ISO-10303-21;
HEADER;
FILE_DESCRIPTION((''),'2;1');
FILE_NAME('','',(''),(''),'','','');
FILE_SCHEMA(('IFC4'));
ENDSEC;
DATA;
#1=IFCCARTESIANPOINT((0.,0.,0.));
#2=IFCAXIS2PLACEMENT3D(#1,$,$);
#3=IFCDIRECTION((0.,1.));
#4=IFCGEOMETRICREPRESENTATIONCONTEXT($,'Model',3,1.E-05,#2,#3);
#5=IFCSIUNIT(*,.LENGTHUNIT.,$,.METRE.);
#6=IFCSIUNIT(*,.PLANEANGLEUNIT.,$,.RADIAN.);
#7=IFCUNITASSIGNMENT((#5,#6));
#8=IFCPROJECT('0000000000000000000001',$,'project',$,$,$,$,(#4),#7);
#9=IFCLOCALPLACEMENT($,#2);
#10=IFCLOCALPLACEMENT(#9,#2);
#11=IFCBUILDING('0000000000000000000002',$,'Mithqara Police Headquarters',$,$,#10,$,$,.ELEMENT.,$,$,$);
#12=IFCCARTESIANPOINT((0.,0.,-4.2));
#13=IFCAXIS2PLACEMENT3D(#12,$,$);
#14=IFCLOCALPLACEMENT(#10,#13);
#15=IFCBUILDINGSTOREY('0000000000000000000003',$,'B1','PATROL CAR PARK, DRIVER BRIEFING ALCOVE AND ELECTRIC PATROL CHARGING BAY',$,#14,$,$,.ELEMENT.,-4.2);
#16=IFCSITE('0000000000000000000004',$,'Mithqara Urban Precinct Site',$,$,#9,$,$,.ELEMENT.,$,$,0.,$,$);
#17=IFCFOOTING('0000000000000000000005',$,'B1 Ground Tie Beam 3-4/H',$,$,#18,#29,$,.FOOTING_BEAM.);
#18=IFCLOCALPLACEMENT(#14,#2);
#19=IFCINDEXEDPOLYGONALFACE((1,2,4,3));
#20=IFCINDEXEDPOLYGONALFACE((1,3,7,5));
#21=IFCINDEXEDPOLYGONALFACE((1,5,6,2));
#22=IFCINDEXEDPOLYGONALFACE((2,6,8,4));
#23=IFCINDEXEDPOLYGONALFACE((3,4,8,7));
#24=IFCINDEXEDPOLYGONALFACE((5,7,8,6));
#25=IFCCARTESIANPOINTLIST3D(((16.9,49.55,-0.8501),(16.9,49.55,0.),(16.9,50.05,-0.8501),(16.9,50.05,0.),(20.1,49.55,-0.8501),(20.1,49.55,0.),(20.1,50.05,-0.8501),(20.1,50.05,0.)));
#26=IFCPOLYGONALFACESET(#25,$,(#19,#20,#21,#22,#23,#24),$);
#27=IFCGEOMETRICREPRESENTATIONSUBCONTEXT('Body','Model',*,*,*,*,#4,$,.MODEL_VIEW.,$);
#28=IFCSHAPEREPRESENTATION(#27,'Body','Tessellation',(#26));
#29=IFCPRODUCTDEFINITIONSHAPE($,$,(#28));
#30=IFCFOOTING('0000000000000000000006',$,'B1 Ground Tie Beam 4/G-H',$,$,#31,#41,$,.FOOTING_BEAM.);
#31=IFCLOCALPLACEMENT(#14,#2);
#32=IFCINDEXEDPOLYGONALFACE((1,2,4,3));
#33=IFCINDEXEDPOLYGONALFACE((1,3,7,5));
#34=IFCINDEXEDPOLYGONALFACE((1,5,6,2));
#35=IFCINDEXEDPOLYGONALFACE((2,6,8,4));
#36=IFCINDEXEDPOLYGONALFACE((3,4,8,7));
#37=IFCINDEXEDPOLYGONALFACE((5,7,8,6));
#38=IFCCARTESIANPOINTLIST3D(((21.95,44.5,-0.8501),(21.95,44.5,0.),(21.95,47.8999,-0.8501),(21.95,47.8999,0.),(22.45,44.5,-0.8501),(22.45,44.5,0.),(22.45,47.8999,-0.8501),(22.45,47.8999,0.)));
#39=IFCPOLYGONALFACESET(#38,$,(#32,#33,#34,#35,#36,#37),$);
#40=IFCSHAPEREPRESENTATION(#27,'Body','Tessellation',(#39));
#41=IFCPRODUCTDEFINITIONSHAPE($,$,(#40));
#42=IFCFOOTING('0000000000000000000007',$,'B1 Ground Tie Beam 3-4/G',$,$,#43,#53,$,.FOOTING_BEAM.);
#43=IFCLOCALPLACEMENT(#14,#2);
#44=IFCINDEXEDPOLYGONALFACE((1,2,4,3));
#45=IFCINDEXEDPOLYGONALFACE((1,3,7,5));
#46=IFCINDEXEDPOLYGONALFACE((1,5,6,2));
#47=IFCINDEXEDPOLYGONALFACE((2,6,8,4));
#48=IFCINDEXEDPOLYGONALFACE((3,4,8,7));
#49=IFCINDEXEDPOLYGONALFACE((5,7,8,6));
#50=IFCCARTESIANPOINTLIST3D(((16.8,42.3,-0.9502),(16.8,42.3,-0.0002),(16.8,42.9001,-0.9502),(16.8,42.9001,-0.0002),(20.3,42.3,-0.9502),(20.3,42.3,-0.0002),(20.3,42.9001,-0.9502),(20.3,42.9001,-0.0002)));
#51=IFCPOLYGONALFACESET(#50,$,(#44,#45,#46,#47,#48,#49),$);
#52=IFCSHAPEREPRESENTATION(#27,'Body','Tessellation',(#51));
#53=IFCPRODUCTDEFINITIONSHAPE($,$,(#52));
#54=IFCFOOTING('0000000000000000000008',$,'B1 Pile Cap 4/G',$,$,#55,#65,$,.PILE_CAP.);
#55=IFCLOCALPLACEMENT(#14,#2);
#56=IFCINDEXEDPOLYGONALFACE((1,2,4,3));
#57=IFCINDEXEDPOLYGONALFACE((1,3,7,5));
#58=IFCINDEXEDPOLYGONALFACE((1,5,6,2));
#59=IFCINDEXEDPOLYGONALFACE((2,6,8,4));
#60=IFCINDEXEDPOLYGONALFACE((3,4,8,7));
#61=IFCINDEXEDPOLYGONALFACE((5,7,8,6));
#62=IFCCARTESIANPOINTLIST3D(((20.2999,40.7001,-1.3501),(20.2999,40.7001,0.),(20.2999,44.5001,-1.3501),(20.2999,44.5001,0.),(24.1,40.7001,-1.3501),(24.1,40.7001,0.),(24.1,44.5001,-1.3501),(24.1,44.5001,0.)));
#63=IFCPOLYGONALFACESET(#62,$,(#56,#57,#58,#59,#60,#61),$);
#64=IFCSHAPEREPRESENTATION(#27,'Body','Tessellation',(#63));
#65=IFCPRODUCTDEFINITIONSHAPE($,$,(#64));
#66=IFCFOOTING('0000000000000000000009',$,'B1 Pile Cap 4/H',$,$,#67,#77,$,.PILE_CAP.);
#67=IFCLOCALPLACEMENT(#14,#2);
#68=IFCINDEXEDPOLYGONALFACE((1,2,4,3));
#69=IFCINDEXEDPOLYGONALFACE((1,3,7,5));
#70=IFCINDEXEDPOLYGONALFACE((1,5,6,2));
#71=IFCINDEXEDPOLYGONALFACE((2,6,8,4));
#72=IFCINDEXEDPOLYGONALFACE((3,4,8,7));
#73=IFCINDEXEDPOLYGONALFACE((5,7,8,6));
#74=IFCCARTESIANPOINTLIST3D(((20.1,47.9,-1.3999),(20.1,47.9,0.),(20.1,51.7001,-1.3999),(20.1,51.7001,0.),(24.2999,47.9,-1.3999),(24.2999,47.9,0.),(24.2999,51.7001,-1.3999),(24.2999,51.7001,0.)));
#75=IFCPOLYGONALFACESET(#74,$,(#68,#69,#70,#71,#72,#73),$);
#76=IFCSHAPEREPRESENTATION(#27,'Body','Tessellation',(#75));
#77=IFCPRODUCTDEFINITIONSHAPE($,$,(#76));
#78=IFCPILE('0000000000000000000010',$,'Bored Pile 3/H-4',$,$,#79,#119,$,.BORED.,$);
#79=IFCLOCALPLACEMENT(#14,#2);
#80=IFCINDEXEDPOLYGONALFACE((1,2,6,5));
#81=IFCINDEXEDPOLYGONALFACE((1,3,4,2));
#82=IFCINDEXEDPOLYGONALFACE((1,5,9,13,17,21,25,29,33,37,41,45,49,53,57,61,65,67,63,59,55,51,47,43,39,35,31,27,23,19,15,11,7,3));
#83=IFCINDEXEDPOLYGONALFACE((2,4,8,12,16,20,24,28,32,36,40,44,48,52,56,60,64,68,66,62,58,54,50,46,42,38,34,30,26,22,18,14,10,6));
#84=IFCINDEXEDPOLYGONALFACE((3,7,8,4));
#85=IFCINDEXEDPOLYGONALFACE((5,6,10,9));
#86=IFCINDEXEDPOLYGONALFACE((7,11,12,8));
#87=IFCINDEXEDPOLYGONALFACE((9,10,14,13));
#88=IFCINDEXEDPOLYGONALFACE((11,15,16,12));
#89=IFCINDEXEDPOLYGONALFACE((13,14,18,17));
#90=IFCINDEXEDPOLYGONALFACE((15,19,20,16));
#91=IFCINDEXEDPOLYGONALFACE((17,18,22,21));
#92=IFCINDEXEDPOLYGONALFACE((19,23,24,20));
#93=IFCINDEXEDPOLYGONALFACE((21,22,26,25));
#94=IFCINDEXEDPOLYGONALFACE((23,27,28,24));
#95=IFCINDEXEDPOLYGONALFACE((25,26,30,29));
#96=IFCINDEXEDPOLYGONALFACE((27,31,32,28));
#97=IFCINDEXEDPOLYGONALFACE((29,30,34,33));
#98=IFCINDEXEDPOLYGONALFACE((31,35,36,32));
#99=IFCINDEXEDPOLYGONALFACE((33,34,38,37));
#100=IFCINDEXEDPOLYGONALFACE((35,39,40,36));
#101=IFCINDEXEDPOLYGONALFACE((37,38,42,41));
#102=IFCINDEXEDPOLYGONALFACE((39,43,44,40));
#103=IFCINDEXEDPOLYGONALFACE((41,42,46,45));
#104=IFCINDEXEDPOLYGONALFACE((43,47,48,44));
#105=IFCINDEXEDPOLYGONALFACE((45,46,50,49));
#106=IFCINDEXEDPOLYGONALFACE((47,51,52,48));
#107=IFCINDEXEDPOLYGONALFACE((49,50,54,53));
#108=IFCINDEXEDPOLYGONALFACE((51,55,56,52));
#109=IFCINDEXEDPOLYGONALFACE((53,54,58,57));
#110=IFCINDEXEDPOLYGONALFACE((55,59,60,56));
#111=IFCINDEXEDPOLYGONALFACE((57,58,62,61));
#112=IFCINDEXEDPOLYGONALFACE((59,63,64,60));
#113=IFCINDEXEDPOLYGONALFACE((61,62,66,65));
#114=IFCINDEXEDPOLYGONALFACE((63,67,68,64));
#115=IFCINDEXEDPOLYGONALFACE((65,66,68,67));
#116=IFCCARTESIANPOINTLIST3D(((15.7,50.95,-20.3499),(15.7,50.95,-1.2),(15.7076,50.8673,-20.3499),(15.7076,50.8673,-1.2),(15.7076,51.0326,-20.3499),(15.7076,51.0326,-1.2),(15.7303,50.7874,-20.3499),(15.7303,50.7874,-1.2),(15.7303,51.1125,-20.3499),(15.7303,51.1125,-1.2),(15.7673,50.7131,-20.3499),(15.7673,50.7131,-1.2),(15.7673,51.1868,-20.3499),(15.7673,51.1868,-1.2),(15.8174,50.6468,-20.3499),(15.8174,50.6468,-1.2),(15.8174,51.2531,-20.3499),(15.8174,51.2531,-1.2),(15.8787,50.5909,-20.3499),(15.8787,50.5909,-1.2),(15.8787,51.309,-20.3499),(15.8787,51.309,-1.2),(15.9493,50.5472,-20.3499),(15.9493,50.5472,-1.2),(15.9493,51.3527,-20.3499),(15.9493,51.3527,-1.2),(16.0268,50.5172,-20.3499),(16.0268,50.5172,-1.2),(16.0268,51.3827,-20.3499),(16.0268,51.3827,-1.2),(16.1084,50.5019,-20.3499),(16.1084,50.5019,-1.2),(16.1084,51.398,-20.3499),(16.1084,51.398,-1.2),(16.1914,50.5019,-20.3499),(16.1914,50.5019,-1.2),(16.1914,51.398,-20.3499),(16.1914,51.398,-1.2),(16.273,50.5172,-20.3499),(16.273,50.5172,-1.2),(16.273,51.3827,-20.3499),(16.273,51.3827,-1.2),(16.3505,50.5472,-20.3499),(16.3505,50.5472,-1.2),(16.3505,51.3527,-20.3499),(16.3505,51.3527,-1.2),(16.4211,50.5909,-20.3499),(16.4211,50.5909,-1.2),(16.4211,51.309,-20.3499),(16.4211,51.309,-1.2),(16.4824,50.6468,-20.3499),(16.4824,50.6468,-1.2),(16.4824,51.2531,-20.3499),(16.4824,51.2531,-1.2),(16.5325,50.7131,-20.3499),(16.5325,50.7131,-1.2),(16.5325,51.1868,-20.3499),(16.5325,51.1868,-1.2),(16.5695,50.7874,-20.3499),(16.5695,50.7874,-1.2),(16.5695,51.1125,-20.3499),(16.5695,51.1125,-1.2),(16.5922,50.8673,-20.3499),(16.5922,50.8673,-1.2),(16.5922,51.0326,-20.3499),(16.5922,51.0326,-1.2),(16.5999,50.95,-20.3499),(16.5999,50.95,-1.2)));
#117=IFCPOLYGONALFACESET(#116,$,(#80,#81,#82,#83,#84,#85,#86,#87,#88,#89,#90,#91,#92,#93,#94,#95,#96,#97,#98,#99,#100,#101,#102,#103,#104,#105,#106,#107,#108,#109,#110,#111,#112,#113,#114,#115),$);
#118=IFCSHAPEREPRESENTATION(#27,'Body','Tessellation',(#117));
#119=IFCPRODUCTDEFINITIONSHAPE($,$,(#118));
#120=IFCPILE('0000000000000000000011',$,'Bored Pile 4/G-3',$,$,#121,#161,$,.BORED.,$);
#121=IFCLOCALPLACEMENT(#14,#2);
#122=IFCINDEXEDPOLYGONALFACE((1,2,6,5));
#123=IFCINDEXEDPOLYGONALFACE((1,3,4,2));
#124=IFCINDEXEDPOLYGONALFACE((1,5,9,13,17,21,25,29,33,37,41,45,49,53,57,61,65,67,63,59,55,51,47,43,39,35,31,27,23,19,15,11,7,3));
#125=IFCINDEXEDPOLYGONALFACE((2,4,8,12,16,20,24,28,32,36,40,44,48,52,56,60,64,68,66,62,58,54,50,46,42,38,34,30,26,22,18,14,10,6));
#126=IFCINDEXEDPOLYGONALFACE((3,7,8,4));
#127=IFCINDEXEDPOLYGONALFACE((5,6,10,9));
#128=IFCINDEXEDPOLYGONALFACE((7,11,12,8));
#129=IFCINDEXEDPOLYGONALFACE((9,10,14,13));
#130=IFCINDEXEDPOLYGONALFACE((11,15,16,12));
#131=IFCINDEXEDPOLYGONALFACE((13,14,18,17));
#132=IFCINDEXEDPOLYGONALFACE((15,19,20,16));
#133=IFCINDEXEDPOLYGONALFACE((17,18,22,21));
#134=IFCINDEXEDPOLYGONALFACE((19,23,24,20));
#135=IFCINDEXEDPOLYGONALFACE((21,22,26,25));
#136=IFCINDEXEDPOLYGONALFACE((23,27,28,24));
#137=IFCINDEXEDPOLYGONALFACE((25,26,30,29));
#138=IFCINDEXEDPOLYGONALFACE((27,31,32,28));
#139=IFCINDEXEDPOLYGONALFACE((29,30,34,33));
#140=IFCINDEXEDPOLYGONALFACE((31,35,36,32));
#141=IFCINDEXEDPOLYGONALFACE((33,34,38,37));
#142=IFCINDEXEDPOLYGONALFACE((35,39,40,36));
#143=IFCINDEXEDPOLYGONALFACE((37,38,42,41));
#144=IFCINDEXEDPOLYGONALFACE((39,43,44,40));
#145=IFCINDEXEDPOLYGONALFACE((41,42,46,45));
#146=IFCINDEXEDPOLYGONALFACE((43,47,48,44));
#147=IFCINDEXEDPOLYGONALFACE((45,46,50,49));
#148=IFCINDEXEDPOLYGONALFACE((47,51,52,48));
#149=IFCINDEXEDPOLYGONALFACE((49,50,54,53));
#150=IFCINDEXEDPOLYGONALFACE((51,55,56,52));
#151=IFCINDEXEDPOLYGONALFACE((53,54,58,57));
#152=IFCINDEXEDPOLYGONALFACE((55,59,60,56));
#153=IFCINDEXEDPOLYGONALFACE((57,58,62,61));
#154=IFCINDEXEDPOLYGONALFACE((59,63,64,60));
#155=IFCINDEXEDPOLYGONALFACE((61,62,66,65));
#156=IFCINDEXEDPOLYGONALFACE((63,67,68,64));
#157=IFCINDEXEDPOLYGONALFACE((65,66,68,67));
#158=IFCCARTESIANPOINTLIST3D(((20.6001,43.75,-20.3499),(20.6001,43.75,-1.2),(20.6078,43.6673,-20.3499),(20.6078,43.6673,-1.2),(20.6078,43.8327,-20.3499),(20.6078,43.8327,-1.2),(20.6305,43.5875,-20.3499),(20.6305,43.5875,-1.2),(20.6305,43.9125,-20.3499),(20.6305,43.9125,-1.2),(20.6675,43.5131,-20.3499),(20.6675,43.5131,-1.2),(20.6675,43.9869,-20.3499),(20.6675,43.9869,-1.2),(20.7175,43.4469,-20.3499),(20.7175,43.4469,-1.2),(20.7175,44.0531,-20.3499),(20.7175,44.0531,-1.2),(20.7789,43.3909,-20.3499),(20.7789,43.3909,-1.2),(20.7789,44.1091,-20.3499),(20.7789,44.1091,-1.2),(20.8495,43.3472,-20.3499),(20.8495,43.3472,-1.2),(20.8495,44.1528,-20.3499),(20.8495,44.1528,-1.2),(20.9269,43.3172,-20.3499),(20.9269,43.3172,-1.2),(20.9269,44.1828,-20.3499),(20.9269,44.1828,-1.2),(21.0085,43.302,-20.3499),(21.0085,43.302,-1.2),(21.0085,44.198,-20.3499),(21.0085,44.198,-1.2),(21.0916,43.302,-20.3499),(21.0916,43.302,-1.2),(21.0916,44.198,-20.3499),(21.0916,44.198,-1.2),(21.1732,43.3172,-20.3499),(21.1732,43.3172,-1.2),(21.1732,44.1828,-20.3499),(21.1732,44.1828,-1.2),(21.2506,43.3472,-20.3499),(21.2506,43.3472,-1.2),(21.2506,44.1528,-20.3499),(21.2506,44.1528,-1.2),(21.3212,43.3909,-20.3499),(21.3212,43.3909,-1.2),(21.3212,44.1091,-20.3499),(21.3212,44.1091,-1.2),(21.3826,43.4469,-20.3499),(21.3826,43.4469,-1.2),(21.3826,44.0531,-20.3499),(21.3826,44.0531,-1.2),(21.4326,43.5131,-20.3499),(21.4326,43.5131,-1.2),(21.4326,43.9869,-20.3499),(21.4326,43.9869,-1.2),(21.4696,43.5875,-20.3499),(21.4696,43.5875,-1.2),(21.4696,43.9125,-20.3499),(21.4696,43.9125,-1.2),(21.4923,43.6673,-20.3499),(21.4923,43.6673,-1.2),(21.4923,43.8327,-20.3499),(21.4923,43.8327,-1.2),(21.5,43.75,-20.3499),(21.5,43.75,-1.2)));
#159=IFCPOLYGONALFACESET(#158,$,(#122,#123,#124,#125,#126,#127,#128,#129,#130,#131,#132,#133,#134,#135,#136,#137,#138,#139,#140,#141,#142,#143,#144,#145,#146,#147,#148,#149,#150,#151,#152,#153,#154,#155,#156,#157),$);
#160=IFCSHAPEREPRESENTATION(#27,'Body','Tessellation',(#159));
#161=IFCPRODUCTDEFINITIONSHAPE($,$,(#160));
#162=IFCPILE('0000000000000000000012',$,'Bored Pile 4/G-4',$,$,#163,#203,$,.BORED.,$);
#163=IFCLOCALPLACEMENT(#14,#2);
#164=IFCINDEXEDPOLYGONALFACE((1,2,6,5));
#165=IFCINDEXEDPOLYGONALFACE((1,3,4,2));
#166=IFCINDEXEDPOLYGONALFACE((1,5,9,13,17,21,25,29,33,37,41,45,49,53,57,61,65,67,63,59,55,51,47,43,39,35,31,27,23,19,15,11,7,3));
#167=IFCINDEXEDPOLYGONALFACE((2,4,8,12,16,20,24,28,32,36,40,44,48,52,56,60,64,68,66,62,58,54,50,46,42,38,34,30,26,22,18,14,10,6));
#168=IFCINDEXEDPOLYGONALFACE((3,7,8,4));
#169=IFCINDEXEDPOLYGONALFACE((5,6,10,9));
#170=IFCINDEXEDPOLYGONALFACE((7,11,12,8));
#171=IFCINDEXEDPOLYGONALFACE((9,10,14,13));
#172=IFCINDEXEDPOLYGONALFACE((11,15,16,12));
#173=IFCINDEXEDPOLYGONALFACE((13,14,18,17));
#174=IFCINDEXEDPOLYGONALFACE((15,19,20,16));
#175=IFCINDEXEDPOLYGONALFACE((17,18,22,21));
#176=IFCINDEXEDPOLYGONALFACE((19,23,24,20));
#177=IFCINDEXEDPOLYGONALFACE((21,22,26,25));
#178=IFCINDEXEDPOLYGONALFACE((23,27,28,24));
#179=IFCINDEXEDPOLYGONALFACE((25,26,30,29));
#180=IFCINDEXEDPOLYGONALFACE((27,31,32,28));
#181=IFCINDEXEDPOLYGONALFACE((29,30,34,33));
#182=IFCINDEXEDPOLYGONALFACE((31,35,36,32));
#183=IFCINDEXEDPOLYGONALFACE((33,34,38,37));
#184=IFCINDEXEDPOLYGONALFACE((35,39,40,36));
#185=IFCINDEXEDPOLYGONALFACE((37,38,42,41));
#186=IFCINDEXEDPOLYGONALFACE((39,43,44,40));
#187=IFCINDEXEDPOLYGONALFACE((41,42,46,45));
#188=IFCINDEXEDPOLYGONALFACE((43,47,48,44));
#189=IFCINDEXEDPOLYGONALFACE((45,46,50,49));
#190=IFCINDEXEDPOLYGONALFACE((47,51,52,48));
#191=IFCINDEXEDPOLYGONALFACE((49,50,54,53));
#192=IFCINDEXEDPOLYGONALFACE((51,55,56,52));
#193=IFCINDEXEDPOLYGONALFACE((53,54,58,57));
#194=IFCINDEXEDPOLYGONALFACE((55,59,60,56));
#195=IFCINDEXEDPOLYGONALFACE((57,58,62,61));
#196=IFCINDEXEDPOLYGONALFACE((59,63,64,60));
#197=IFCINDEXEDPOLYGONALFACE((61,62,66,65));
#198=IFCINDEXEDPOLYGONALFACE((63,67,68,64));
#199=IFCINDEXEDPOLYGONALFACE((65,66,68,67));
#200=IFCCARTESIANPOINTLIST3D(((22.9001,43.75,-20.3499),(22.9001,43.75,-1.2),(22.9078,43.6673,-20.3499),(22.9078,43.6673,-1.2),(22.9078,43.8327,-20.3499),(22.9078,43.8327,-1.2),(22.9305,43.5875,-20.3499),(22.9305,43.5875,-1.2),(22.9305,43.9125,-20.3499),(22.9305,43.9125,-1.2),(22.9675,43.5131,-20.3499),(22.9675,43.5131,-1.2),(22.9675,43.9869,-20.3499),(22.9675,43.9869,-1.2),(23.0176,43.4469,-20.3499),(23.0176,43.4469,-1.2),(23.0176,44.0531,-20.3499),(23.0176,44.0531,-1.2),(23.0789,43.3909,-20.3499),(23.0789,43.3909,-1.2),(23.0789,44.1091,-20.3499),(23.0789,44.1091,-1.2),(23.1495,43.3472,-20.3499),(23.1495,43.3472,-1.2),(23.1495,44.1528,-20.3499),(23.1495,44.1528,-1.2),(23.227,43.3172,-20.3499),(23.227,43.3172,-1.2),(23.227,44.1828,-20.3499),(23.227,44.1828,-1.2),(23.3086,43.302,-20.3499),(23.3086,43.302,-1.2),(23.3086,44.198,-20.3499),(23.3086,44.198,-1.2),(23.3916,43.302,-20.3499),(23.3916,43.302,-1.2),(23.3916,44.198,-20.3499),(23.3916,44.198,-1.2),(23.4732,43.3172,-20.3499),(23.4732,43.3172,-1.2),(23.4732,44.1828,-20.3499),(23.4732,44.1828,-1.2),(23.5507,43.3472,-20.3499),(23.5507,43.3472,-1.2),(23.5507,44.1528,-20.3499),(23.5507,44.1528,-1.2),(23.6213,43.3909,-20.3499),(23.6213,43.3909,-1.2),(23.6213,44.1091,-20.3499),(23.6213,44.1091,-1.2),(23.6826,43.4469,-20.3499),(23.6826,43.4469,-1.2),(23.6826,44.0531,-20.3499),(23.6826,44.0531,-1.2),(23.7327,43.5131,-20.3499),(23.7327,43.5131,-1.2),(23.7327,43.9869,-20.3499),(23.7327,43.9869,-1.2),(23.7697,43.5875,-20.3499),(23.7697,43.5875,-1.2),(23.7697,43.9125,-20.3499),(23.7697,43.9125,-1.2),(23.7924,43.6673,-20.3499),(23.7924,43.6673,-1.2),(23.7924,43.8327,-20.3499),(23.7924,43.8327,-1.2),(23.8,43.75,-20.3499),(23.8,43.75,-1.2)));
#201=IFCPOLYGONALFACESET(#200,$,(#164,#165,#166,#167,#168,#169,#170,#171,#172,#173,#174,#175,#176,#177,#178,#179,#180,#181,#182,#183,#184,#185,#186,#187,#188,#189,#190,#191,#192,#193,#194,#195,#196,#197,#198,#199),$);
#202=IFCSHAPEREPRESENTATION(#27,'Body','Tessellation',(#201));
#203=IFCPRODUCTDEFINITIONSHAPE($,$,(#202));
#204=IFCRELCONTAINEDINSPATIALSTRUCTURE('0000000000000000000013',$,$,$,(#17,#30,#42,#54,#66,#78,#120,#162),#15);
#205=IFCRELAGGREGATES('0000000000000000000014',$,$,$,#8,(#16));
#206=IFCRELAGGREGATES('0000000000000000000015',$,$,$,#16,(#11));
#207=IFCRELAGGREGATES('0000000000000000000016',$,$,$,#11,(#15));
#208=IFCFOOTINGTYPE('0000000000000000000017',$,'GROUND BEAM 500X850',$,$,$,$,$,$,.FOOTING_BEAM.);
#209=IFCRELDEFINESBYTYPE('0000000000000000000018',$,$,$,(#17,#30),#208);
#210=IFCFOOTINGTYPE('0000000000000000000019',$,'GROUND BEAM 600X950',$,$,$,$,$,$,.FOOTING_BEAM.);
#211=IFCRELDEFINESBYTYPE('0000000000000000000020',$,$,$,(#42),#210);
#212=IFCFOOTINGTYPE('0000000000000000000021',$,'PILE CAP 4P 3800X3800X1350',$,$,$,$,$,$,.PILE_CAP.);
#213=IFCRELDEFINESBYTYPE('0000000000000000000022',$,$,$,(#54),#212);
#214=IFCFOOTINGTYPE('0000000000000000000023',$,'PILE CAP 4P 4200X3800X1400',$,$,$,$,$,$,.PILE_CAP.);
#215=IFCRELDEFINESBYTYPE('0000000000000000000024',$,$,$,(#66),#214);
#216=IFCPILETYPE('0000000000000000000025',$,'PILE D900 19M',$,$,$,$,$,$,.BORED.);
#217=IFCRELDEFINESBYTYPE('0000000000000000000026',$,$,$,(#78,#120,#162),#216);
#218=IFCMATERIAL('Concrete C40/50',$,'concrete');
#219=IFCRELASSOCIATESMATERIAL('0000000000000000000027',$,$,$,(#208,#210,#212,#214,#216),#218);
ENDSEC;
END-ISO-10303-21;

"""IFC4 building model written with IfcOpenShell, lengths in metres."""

from ifc_helpers import new_model, si_unit, direction, frame, origin, origin_2d, place, context, subcontext, project, spatial, rectangle, circle, extrude, material, material_profile, profile_set, type_object, element, save


model = new_model("IFC4")

# Units and contexts
model_context = context("Model", 3, precision=1e-05, world=origin(), true_north=direction((0.0, 1.0)))
body_context = subcontext(model_context, "Body", "Model", "MODEL_VIEW")
ifc_project = project(units=[si_unit("LENGTHUNIT", "METRE"), si_unit("PLANEANGLEUNIT", "RADIAN")], contexts=[model_context])

# Site, building, storey
site_placement = place(None, origin())
site = spatial("IfcSite", under=ifc_project, at=site_placement, Name="Mithqara Urban Precinct Site", CompositionType="ELEMENT", RefElevation=0.0)
building_placement = place(site_placement, origin())
building = spatial("IfcBuilding", under=site, at=building_placement, Name="Mithqara Police Headquarters", CompositionType="ELEMENT")
storey_placement = place(building_placement, frame((0.0, 0.0, -4.2)))
storey = spatial("IfcBuildingStorey", under=building, at=storey_placement, Name="B1", Description="PATROL CAR PARK, DRIVER BRIEFING ALCOVE AND ELECTRIC PATROL CHARGING BAY", CompositionType="ELEMENT", Elevation=-4.2)

# Footings
ifc_material_1 = material(Name="Concrete C40/50", Category="concrete")
footing_type_1 = type_object("IfcFootingType", Name="GROUND BEAM 500X850", PredefinedType="FOOTING_BEAM", material=ifc_material_1)
footing_1_placement = place(storey_placement, frame((18.5, 49.8, -0.8501), z_axis=(0.0, 0.0, 1.0), x_axis=(1.0, 0.0, 0.0)))
element("IfcFooting", 1, at=footing_1_placement, inside=storey, type_object=footing_type_1, Name="B1 Ground Tie Beam 3-4/H", PredefinedType="FOOTING_BEAM", context=body_context, shape_type="SweptSolid", body=[
    extrude(rectangle(XDim=3.2, YDim=0.5, at=origin_2d()), origin(), (0.0, 0.0, 1.0), 0.8501),
])
footing_2_placement = place(storey_placement, frame((22.2, 46.2, -0.8501), z_axis=(0.0, 0.0, 1.0), x_axis=(1.0, 0.0, 0.0)))
element("IfcFooting", 2, at=footing_2_placement, inside=storey, type_object=footing_type_1, Name="B1 Ground Tie Beam 4/G-H", PredefinedType="FOOTING_BEAM", context=body_context, shape_type="SweptSolid", body=[
    extrude(rectangle(XDim=0.5, YDim=3.3999, at=origin_2d()), origin(), (0.0, 0.0, 1.0), 0.8501),
])
footing_type_2 = type_object("IfcFootingType", Name="GROUND BEAM 600X950", PredefinedType="FOOTING_BEAM", material=ifc_material_1)
footing_3_placement = place(storey_placement, frame((18.55, 42.6001, -0.9502), z_axis=(0.0, 0.0, 1.0), x_axis=(1.0, 0.0, 0.0)))
element("IfcFooting", 3, at=footing_3_placement, inside=storey, type_object=footing_type_2, Name="B1 Ground Tie Beam 3-4/G", PredefinedType="FOOTING_BEAM", context=body_context, shape_type="SweptSolid", body=[
    extrude(rectangle(XDim=3.5, YDim=0.6001, at=origin_2d()), origin(), (0.0, 0.0, 1.0), 0.95),
])
footing_type_3 = type_object("IfcFootingType", Name="PILE CAP 4P 3800X3800X1350", PredefinedType="PILE_CAP", material=ifc_material_1)
footing_4_placement = place(storey_placement, frame((22.2, 42.6001, -1.3501), z_axis=(0.0, 0.0, 1.0), x_axis=(1.0, 0.0, 0.0)))
element("IfcFooting", 4, at=footing_4_placement, inside=storey, type_object=footing_type_3, Name="B1 Pile Cap 4/G", PredefinedType="PILE_CAP", context=body_context, shape_type="SweptSolid", body=[
    extrude(rectangle(XDim=3.8, YDim=3.8, at=origin_2d()), origin(), (0.0, 0.0, 1.0), 1.3501),
])
footing_type_4 = type_object("IfcFootingType", Name="PILE CAP 4P 4200X3800X1400", PredefinedType="PILE_CAP", material=ifc_material_1)
footing_5_placement = place(storey_placement, frame((22.2, 49.8, -1.3999), z_axis=(0.0, 0.0, 1.0), x_axis=(1.0, 0.0, 0.0)))
element("IfcFooting", 5, at=footing_5_placement, inside=storey, type_object=footing_type_4, Name="B1 Pile Cap 4/H", PredefinedType="PILE_CAP", context=body_context, shape_type="SweptSolid", body=[
    extrude(rectangle(XDim=4.2, YDim=3.8, at=origin_2d()), origin(), (0.0, 0.0, 1.0), 1.3999),
])

# Piles
ifc_material_profile_1 = material_profile(ifc_material_1, circle(Radius=0.45, at=origin_2d()), Name="PILE D900")
ifc_profile_set_1 = profile_set([ifc_material_profile_1], Name="Concrete C40/50")
pile_type = type_object("IfcPileType", Name="PILE D900 19M", PredefinedType="BORED", material=ifc_profile_set_1)
for number, where, z_axis, x_axis, name in (
    (6, (16.1499, 50.95, -1.2), (0.0, 0.0, -1.0), (1.0, 0.0, 0.0), "Bored Pile 3/H-4"),
    (7, (21.05, 43.75, -1.2), (0.0, 0.0, -1.0), (1.0, 0.0, 0.0), "Bored Pile 4/G-3"),
    (8, (23.3501, 43.75, -1.2), (0.0, 0.0, -1.0), (1.0, 0.0, 0.0), "Bored Pile 4/G-4"),
):
    element("IfcPile", number, at=place(storey_placement, frame(where, z_axis=z_axis, x_axis=x_axis)), inside=storey, type_object=pile_type, Name=name, PredefinedType="BORED", context=body_context, shape_type="SweptSolid", body=[
        extrude(circle(Radius=0.45, at=origin_2d()), origin(), (0.0, 0.0, 1.0), 19.1499),
    ])

save(model, "model.ifc")
